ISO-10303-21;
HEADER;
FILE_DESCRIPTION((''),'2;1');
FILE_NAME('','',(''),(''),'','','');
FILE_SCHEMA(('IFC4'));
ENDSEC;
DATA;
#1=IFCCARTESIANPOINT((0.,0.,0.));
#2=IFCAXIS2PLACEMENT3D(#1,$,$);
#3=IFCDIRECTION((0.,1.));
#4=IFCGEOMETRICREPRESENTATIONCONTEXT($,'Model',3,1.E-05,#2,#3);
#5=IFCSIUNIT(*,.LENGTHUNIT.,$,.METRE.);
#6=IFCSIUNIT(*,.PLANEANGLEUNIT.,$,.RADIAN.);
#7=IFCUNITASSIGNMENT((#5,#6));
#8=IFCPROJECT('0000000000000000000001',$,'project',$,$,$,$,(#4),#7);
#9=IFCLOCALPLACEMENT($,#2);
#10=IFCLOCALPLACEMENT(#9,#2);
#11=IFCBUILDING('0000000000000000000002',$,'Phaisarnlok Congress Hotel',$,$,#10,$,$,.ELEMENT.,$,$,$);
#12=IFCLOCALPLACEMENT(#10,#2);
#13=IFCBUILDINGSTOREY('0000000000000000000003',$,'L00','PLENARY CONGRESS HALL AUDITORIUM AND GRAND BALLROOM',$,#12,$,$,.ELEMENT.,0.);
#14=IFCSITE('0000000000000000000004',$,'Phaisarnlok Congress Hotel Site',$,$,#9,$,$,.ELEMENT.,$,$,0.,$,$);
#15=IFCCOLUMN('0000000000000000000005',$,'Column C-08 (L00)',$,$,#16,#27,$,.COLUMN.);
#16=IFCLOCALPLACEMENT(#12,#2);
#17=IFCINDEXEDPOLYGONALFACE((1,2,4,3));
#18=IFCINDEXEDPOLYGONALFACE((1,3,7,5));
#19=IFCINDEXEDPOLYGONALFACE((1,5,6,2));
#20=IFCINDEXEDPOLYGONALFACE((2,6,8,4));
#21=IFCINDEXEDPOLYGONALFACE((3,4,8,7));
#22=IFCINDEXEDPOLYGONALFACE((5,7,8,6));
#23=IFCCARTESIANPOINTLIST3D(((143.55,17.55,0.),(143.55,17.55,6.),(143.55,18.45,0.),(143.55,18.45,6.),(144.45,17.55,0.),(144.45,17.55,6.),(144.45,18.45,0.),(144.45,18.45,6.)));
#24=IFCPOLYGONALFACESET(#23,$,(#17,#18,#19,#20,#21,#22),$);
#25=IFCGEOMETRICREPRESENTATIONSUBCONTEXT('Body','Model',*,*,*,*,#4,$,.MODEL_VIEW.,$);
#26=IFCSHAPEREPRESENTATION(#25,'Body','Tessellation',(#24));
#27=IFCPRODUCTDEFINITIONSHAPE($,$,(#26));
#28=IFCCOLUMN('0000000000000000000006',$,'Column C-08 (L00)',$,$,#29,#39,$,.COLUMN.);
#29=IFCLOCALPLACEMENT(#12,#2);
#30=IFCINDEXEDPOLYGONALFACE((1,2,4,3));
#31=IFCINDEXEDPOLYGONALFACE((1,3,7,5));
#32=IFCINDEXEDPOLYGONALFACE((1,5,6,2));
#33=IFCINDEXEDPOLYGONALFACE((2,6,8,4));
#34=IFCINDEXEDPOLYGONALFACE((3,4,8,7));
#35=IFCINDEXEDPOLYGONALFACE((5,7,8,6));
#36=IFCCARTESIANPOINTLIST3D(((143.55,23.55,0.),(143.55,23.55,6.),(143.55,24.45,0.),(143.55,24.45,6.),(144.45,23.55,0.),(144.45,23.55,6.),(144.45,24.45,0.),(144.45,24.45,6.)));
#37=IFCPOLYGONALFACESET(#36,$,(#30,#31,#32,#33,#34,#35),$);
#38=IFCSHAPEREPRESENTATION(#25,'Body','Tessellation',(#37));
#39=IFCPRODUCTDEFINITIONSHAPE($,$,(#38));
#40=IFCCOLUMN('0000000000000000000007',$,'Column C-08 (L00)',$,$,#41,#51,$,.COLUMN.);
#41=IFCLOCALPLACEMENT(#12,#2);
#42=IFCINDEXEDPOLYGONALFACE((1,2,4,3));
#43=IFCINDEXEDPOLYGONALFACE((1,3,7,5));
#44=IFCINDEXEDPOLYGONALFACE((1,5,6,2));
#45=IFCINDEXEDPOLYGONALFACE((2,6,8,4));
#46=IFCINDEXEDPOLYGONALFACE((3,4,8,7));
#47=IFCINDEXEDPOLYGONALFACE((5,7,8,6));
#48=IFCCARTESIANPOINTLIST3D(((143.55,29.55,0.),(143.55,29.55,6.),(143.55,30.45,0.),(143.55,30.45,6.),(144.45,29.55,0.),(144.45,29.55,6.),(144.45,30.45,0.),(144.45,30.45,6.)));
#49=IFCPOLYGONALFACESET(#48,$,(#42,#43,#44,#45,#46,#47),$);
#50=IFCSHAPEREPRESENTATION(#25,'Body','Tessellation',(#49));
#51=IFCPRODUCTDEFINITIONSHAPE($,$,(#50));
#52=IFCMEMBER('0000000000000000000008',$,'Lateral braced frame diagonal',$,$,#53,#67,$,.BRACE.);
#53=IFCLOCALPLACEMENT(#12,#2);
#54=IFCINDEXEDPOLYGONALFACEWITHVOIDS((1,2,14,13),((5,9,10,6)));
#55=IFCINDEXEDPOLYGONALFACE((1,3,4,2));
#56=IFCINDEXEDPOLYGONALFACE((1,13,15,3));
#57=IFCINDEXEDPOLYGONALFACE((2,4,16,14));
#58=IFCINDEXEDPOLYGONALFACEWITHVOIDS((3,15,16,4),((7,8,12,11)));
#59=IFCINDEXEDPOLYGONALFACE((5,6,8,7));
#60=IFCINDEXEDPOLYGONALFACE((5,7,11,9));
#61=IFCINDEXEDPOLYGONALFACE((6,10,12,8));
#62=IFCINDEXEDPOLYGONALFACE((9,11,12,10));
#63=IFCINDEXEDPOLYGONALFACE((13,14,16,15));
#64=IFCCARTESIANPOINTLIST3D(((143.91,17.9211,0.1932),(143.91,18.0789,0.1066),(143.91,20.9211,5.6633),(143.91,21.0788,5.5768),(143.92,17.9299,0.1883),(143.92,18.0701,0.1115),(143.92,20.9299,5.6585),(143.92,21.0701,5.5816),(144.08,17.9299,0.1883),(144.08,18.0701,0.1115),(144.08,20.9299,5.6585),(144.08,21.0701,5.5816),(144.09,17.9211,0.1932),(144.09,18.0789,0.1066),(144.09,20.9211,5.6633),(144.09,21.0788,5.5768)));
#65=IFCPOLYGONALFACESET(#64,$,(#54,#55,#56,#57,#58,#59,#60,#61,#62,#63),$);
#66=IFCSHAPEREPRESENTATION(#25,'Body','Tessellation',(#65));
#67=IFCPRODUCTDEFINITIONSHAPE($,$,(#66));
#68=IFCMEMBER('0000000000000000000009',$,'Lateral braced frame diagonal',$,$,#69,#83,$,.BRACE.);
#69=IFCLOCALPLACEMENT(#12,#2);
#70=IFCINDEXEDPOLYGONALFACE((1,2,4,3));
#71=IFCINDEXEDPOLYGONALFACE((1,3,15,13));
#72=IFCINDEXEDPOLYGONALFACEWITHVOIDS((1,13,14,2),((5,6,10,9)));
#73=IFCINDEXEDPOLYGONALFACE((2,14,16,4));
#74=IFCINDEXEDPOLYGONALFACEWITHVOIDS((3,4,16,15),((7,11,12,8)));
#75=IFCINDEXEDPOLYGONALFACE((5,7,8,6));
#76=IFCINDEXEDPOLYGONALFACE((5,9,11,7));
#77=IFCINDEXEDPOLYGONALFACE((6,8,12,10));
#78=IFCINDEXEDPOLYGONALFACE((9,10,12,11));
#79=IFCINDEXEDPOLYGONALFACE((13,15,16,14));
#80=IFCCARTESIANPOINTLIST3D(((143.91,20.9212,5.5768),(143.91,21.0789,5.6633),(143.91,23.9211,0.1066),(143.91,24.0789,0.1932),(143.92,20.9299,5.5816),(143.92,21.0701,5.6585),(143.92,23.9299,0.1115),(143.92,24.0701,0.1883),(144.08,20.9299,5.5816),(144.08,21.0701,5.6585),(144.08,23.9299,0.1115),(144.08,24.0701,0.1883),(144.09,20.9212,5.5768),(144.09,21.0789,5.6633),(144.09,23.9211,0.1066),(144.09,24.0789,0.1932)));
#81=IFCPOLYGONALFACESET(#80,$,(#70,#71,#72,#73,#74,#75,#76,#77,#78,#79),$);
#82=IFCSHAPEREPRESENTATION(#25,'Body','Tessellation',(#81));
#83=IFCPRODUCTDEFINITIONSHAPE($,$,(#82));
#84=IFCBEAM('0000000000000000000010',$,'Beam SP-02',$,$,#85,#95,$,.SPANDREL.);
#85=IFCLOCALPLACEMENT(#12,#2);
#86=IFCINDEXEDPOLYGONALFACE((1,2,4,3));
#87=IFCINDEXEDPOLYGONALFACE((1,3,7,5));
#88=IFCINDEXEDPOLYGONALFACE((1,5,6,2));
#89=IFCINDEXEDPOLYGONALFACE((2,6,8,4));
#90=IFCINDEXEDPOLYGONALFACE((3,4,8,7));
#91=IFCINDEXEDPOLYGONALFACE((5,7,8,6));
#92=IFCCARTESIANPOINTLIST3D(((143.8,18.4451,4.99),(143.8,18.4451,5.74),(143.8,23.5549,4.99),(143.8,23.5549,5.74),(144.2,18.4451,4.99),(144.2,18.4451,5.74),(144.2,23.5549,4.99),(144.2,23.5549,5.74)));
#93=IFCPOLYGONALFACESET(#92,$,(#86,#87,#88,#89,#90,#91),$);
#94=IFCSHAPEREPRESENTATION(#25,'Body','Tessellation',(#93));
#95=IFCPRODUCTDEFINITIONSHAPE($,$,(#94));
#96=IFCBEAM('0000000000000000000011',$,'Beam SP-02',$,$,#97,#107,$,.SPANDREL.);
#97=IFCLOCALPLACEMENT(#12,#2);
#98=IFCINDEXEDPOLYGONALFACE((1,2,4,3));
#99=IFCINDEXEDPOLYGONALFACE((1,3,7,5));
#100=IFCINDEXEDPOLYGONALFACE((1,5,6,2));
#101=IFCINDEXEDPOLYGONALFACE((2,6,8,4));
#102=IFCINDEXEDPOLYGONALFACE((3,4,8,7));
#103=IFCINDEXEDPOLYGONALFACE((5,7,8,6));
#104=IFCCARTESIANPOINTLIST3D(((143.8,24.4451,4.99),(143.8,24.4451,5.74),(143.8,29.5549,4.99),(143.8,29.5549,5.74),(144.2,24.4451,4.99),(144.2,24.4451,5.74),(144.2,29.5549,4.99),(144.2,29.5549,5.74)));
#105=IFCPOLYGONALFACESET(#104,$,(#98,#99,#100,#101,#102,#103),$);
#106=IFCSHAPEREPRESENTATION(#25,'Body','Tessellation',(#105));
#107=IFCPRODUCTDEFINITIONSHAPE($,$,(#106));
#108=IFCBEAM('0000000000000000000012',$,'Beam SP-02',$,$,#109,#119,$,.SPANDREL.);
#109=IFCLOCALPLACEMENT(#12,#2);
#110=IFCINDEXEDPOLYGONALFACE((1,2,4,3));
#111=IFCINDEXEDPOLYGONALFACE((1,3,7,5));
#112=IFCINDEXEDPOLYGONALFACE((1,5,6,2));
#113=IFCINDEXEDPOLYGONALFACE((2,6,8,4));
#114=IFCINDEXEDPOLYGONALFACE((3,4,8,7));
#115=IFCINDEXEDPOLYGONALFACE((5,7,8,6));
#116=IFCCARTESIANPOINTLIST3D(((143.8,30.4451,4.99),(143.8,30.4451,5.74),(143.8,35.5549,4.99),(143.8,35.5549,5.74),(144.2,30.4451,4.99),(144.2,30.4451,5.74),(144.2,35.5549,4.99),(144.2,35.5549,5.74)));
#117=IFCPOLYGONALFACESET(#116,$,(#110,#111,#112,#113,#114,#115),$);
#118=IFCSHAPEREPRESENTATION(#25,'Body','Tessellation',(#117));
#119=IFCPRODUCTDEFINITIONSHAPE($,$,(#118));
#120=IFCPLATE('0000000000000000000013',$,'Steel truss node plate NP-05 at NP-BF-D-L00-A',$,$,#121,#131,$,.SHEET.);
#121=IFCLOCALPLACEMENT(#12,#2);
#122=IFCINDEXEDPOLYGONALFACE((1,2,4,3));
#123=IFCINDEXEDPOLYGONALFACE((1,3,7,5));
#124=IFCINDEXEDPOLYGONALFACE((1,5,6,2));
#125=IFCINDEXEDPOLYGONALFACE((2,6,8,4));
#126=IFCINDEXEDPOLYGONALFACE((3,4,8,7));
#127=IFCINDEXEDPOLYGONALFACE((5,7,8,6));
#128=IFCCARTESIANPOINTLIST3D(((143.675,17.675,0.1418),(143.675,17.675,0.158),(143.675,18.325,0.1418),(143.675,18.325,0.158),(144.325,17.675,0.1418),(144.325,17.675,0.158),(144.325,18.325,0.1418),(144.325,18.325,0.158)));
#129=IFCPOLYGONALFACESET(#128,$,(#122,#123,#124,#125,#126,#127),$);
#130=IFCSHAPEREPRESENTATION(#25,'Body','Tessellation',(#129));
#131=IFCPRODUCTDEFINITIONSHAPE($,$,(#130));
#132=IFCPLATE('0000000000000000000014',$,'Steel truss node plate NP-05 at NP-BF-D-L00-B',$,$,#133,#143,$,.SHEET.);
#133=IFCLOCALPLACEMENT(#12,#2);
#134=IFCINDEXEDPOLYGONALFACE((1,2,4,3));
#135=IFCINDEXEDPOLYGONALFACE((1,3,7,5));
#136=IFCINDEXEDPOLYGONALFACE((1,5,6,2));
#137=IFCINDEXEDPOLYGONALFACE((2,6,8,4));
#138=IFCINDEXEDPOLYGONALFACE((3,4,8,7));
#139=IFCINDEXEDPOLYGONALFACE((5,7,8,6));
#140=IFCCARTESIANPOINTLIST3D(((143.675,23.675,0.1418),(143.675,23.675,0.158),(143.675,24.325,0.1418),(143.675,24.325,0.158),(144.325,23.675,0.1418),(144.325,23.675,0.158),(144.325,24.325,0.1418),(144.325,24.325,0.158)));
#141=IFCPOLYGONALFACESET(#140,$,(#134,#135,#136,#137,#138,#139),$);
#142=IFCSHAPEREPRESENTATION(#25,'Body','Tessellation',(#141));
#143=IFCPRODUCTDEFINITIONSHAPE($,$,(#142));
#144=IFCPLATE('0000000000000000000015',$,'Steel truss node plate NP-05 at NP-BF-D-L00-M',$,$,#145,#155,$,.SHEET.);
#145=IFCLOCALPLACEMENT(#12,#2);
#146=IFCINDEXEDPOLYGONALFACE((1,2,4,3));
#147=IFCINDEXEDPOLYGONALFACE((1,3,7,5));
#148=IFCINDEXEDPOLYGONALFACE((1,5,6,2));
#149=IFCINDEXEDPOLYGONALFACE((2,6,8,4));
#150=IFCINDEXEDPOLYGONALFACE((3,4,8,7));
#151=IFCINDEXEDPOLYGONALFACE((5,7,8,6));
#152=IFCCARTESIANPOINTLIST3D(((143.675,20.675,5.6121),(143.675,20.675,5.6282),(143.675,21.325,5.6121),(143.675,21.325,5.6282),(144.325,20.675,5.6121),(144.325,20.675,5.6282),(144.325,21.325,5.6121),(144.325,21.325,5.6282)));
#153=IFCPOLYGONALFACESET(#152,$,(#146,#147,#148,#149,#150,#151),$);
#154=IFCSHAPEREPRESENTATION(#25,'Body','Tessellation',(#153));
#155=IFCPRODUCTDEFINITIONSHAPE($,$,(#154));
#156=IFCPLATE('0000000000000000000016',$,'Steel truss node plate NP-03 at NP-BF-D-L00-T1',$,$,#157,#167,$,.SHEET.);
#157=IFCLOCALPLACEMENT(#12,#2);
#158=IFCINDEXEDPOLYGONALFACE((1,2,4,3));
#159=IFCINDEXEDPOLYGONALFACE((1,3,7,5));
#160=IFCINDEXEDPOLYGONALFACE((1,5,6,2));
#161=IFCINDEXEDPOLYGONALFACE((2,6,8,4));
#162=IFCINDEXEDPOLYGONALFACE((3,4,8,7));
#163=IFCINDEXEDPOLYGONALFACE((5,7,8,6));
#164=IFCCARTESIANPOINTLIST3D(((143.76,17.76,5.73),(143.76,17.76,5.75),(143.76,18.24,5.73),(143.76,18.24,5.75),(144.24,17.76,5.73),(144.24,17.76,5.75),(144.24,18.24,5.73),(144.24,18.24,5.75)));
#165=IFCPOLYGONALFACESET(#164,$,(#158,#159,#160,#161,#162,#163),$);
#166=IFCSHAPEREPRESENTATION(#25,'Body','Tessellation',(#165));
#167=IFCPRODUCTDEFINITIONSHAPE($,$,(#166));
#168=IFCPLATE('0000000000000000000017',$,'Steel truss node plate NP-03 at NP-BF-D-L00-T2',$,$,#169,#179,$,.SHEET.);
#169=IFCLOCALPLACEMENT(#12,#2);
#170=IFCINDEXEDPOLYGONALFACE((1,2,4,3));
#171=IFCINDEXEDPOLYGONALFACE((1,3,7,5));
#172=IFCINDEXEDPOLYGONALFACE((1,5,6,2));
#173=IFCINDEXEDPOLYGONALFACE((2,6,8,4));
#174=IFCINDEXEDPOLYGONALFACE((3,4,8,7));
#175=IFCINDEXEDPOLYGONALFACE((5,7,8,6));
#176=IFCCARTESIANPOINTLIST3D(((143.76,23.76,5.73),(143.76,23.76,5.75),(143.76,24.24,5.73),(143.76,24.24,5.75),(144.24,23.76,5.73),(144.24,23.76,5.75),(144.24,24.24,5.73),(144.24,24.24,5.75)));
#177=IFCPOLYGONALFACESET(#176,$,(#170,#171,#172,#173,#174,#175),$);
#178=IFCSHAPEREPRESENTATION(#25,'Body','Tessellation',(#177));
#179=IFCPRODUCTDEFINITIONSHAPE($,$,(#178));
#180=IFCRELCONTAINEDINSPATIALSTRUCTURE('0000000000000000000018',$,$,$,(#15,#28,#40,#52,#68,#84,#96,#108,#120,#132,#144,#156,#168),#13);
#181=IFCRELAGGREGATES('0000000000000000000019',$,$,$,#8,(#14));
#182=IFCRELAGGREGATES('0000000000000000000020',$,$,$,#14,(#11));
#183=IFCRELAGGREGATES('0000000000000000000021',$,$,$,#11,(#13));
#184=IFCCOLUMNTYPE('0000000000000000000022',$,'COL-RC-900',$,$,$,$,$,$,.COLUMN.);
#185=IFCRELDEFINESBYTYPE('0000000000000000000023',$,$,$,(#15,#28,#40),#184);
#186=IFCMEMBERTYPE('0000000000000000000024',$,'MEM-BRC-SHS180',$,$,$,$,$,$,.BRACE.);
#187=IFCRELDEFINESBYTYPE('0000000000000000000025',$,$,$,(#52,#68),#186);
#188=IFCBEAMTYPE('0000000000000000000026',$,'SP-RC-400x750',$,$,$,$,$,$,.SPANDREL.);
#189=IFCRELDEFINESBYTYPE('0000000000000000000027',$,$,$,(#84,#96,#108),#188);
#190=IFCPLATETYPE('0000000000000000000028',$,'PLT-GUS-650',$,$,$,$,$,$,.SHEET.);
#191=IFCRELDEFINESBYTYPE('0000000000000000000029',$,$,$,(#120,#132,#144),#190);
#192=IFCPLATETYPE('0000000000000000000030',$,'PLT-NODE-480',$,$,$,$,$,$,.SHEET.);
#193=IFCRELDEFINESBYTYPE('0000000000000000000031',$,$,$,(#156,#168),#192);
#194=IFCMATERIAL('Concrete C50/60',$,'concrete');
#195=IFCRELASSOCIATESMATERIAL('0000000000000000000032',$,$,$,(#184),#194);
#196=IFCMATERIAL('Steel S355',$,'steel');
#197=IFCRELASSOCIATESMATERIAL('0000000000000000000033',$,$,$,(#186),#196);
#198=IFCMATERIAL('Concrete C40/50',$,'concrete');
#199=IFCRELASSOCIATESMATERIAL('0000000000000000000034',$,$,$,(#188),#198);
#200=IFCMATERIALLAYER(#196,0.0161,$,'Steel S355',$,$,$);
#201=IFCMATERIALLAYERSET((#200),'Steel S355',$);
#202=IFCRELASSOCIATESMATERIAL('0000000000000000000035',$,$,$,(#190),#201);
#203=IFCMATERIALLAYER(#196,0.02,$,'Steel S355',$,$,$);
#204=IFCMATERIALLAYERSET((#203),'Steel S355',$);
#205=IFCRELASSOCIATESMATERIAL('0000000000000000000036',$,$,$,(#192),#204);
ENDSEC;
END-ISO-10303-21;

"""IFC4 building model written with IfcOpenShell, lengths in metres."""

from ifc_helpers import new_model, si_unit, direction, frame, origin, origin_2d, place, context, subcontext, project, spatial, rectangle, hollow_rectangle, extrude, material, layer, layer_set, material_profile, profile_set, type_object, element, save


model = new_model("IFC4")

# Units and contexts
model_context = context("Model", 3, precision=1e-05, world=origin(), true_north=direction((0.0, 1.0)))
body_context = subcontext(model_context, "Body", "Model", "MODEL_VIEW")
ifc_project = project(units=[si_unit("LENGTHUNIT", "METRE"), si_unit("PLANEANGLEUNIT", "RADIAN")], contexts=[model_context])

# Site, building, storey
site_placement = place(None, origin())
site = spatial("IfcSite", under=ifc_project, at=site_placement, Name="Phaisarnlok Congress Hotel Site", CompositionType="ELEMENT", RefElevation=0.0)
building_placement = place(site_placement, origin())
building = spatial("IfcBuilding", under=site, at=building_placement, Name="Phaisarnlok Congress Hotel", CompositionType="ELEMENT")
storey_placement = place(building_placement, origin())
storey = spatial("IfcBuildingStorey", under=building, at=storey_placement, Name="L00", Description="PLENARY CONGRESS HALL AUDITORIUM AND GRAND BALLROOM", CompositionType="ELEMENT", Elevation=0.0)

# Columns
ifc_material_1 = material(Name="Concrete C50/60", Category="concrete")
ifc_material_profile_1 = material_profile(ifc_material_1, rectangle(XDim=0.8999, YDim=0.8999, at=origin_2d()), Name="RC 900x900")
ifc_profile_set_1 = profile_set([ifc_material_profile_1], Name="Concrete C50/60")
column_type = type_object("IfcColumnType", Name="COL-RC-900", PredefinedType="COLUMN", material=ifc_profile_set_1)
for number, where, z_axis, x_axis, name in (
    (1, (144.0, 18.0, 0.0), (0.0, 0.0, 1.0), (1.0, 0.0, 0.0), "Column C-08 (L00)"),
    (2, (144.0, 24.0, 0.0), (0.0, 0.0, 1.0), (1.0, 0.0, 0.0), "Column C-08 (L00)"),
    (3, (144.0, 30.0, 0.0), (0.0, 0.0, 1.0), (1.0, 0.0, 0.0), "Column C-08 (L00)"),
):
    element("IfcColumn", number, at=place(storey_placement, frame(where, z_axis=z_axis, x_axis=x_axis)), inside=storey, type_object=column_type, Name=name, PredefinedType="COLUMN", context=body_context, shape_type="SweptSolid", body=[
        extrude(rectangle(XDim=0.8999, YDim=0.8999, at=origin_2d()), origin(), (0.0, 0.0, 1.0), 6.0),
    ])

# Members
ifc_material_2 = material(Name="Steel S355", Category="steel")
ifc_material_profile_2 = material_profile(ifc_material_2, hollow_rectangle(XDim=0.1799, YDim=0.1799, WallThickness=0.01, at=origin_2d()), Name="SHS 180x180x10")
ifc_profile_set_2 = profile_set([ifc_material_profile_2], Name="Steel S355")
member_type = type_object("IfcMemberType", Name="MEM-BRC-SHS180", PredefinedType="BRACE", material=ifc_profile_set_2)
for number, where, z_axis, x_axis, name in (
    (4, (144.0, 18.0, 0.1499), (0.0, 0.480858, 0.876799), (-1.0, 0.0, 0.0), "Lateral braced frame diagonal"),
    (5, (144.0, 24.0, 0.1499), (0.0, -0.480858, 0.876799), (1.0, 0.0, 0.0), "Lateral braced frame diagonal"),
):
    element("IfcMember", number, at=place(storey_placement, frame(where, z_axis=z_axis, x_axis=x_axis)), inside=storey, type_object=member_type, Name=name, PredefinedType="BRACE", context=body_context, shape_type="SweptSolid", body=[
        extrude(hollow_rectangle(XDim=0.1799, YDim=0.1799, WallThickness=0.01, at=origin_2d()), origin(), (0.0, 0.0, 1.0), 6.2388),
    ])

# Beams
ifc_material_3 = material(Name="Concrete C40/50", Category="concrete")
ifc_material_profile_3 = material_profile(ifc_material_3, rectangle(XDim=0.3999, YDim=0.75, at=origin_2d()), Name="RC 400x750")
ifc_profile_set_3 = profile_set([ifc_material_profile_3], Name="Concrete C40/50")
beam_type = type_object("IfcBeamType", Name="SP-RC-400x750", PredefinedType="SPANDREL", material=ifc_profile_set_3)
for number, where, z_axis, x_axis, name in (
    (6, (144.0, 18.4451, 5.365), (0.0, 1.0, 0.0), (-1.0, 0.0, 0.0), "Beam SP-02"),
    (7, (144.0, 24.4451, 5.365), (0.0, 1.0, 0.0), (-1.0, 0.0, 0.0), "Beam SP-02"),
    (8, (144.0, 30.4451, 5.365), (0.0, 1.0, 0.0), (-1.0, 0.0, 0.0), "Beam SP-02"),
):
    element("IfcBeam", number, at=place(storey_placement, frame(where, z_axis=z_axis, x_axis=x_axis)), inside=storey, type_object=beam_type, Name=name, PredefinedType="SPANDREL", context=body_context, shape_type="SweptSolid", body=[
        extrude(rectangle(XDim=0.3999, YDim=0.75, at=origin_2d()), origin(), (0.0, 0.0, 1.0), 5.1099),
    ])

# Plates
ifc_layer_1 = layer(ifc_material_2, 0.0161, Name="Steel S355")
ifc_layer_set_1 = layer_set([ifc_layer_1], Name="Steel S355")
plate_type_1 = type_object("IfcPlateType", Name="PLT-GUS-650", PredefinedType="SHEET", material=ifc_layer_set_1)
for number, where, z_axis, x_axis, name in (
    (9, (144.0, 18.0, 0.1418), (0.0, 0.0, 1.0), (1.0, 0.0, 0.0), "Steel truss node plate NP-05 at NP-BF-D-L00-A"),
    (10, (144.0, 24.0, 0.1418), (0.0, 0.0, 1.0), (1.0, 0.0, 0.0), "Steel truss node plate NP-05 at NP-BF-D-L00-B"),
    (11, (144.0, 21.0, 5.6121), (0.0, 0.0, 1.0), (1.0, 0.0, 0.0), "Steel truss node plate NP-05 at NP-BF-D-L00-M"),
):
    element("IfcPlate", number, at=place(storey_placement, frame(where, z_axis=z_axis, x_axis=x_axis)), inside=storey, type_object=plate_type_1, Name=name, PredefinedType="SHEET", context=body_context, shape_type="SweptSolid", body=[
        extrude(rectangle(XDim=0.6499, YDim=0.6499, at=origin_2d()), origin(), (0.0, 0.0, 1.0), 0.0161),
    ])
ifc_layer_2 = layer(ifc_material_2, 0.02, Name="Steel S355")
ifc_layer_set_2 = layer_set([ifc_layer_2], Name="Steel S355")
plate_type_2 = type_object("IfcPlateType", Name="PLT-NODE-480", PredefinedType="SHEET", material=ifc_layer_set_2)
for number, where, z_axis, x_axis, name in (
    (12, (144.0, 18.0, 5.73), (0.0, 0.0, 1.0), (1.0, 0.0, 0.0), "Steel truss node plate NP-03 at NP-BF-D-L00-T1"),
    (13, (144.0, 24.0, 5.73), (0.0, 0.0, 1.0), (1.0, 0.0, 0.0), "Steel truss node plate NP-03 at NP-BF-D-L00-T2"),
):
    element("IfcPlate", number, at=place(storey_placement, frame(where, z_axis=z_axis, x_axis=x_axis)), inside=storey, type_object=plate_type_2, Name=name, PredefinedType="SHEET", context=body_context, shape_type="SweptSolid", body=[
        extrude(rectangle(XDim=0.48, YDim=0.48, at=origin_2d()), origin(), (0.0, 0.0, 1.0), 0.02),
    ])

save(model, "model.ifc")
